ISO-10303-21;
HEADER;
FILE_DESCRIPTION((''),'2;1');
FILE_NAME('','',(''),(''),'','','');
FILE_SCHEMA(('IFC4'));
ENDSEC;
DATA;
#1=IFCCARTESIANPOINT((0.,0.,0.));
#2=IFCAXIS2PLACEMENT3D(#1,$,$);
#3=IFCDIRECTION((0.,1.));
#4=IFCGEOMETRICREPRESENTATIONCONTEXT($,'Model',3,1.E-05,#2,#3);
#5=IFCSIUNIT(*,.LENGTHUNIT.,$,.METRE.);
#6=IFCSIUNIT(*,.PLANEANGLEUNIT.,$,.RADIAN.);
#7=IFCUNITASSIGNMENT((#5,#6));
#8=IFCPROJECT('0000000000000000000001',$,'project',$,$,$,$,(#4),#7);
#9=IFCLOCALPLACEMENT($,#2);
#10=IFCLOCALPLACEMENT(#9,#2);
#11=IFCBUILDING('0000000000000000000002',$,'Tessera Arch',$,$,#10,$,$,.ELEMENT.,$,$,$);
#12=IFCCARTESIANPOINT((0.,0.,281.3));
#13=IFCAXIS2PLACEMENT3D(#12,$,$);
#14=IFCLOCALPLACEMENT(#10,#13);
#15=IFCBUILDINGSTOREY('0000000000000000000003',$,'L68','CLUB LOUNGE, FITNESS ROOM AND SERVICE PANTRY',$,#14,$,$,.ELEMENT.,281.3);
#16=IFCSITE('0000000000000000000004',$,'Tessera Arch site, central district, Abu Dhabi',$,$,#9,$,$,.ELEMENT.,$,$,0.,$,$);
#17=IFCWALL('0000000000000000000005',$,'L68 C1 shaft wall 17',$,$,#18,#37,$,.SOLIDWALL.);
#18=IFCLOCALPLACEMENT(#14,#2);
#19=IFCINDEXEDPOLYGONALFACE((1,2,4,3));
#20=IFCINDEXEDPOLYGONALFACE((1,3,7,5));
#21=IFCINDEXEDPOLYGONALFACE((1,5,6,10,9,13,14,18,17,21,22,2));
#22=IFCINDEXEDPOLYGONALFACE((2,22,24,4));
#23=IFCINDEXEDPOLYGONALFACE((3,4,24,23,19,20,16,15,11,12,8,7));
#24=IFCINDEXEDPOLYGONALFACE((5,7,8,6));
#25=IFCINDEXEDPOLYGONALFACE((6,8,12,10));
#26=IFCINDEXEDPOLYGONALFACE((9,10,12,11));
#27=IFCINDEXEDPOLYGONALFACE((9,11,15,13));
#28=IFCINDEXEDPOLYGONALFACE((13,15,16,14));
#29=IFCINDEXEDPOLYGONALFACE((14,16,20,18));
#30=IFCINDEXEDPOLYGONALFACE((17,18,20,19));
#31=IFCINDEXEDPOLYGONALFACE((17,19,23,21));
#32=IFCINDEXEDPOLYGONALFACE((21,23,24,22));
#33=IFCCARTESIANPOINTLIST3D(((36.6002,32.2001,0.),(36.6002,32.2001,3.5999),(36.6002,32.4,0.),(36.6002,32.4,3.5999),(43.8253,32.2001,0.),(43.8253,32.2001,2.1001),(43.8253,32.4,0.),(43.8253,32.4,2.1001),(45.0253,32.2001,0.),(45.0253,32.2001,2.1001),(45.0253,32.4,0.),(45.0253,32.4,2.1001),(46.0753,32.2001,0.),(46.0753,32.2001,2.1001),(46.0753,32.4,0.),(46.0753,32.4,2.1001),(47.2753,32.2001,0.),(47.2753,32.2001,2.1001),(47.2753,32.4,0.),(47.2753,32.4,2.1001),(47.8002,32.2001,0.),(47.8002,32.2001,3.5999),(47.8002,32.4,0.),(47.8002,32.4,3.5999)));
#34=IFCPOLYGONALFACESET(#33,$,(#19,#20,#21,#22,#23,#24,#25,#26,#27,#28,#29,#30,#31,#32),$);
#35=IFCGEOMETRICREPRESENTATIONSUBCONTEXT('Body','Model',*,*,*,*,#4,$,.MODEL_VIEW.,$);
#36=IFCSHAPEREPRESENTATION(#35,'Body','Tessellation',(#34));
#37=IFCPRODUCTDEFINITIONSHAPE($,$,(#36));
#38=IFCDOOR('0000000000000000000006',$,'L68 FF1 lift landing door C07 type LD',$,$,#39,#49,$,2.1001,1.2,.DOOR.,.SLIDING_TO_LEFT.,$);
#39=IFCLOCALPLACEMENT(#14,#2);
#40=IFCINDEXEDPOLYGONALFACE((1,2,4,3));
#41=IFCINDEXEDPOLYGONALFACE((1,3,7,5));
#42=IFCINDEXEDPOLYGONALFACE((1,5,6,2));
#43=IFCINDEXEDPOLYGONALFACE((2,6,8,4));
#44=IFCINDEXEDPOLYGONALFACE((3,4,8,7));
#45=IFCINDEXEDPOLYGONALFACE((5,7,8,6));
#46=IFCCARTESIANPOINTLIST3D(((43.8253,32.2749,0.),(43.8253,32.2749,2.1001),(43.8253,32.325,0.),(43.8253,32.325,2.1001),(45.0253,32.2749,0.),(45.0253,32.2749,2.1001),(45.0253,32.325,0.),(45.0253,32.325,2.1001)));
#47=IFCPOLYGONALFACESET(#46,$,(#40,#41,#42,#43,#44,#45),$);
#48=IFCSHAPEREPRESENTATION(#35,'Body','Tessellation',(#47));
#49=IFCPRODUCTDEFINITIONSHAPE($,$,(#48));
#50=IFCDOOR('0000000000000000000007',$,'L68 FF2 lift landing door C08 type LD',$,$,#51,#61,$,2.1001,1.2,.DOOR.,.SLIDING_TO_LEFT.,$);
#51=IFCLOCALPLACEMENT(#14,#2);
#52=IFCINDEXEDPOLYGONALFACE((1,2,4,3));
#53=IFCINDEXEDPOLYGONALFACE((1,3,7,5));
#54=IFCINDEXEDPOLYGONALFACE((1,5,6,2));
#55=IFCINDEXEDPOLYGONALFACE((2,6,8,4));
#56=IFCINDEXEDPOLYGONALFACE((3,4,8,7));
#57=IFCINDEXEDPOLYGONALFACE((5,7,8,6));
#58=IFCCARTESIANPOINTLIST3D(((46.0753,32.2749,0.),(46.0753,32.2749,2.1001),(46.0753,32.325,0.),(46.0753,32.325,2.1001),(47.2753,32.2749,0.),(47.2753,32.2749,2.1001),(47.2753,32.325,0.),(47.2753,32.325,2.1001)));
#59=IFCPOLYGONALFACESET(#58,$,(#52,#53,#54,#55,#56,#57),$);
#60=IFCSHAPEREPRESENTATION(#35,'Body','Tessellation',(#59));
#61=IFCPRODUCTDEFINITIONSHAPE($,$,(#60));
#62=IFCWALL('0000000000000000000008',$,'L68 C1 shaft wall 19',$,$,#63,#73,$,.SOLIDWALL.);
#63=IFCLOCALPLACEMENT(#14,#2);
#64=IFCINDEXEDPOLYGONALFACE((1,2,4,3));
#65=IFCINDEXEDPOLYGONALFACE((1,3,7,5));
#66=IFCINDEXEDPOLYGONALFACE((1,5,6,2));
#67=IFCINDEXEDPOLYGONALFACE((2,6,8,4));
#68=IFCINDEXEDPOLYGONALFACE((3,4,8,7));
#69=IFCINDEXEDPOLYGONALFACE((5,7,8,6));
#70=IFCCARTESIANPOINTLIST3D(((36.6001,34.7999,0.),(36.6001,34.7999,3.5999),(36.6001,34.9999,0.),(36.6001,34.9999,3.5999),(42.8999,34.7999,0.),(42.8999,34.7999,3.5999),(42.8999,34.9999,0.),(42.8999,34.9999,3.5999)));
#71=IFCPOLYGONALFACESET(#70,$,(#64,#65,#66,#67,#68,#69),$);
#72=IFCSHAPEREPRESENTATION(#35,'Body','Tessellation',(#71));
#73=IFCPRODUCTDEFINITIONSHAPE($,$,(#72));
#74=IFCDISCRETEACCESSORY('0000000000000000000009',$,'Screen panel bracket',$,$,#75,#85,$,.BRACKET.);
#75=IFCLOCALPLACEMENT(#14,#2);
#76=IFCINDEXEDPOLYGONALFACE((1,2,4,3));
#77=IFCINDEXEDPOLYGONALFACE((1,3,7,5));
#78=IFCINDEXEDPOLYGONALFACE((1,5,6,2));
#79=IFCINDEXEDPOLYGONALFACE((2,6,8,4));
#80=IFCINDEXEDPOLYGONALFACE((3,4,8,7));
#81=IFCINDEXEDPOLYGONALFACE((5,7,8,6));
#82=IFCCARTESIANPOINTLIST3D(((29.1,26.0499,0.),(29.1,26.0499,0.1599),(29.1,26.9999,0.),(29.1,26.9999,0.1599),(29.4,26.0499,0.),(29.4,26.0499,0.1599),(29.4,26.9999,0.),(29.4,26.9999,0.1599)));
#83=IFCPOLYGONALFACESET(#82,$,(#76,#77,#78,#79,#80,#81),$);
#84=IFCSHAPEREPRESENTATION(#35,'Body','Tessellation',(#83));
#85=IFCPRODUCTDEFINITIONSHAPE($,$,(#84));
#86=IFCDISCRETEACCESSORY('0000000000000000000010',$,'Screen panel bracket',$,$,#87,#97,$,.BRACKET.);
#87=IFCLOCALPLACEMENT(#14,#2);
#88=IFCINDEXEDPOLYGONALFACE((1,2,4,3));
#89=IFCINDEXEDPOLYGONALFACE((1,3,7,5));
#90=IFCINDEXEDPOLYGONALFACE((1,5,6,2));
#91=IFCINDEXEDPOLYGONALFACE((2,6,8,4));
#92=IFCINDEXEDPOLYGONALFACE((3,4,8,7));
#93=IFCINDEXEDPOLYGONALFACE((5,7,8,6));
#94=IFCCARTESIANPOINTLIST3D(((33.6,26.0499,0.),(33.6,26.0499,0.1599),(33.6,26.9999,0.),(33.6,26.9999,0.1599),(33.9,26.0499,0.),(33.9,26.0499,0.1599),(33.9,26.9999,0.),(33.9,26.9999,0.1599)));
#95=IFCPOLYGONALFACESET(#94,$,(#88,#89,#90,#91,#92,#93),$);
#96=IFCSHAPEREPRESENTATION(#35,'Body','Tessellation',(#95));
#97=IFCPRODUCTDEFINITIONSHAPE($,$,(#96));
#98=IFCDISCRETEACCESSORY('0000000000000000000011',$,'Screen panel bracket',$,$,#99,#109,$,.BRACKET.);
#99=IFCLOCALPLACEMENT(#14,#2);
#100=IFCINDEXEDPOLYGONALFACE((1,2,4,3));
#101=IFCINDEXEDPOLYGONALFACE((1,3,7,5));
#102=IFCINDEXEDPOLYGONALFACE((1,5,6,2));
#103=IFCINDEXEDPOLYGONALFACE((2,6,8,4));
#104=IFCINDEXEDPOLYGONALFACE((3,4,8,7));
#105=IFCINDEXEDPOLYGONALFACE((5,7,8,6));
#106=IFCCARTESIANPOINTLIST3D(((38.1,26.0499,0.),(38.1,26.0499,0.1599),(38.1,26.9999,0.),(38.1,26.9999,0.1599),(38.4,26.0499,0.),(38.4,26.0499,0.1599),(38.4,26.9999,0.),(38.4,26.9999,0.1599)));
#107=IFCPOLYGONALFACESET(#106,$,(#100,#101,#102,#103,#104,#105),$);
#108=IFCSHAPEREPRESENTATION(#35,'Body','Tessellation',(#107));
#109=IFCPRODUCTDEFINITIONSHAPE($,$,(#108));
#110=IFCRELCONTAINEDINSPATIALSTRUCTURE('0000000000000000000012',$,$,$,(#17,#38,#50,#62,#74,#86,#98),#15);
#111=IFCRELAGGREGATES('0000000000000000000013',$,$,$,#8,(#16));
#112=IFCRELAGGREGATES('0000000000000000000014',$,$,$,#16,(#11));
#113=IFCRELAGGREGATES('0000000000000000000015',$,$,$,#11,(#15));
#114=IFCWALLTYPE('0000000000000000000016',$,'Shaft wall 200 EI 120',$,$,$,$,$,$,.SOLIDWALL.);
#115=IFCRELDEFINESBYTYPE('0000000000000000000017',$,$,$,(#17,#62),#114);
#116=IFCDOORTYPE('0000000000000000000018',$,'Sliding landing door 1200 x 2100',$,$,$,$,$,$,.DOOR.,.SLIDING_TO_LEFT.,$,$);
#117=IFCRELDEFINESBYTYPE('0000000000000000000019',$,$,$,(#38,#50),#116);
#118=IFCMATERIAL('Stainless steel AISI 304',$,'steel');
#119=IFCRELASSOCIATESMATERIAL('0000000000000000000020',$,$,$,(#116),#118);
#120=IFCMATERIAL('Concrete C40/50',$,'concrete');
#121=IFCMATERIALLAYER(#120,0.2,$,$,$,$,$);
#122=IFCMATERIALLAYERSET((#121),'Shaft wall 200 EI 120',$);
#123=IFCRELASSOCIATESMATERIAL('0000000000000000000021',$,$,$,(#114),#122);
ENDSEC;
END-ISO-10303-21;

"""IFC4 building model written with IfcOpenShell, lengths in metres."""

from ifc_helpers import new_model, si_unit, direction, frame, frame_2d, origin, origin_2d, place, context, subcontext, project, spatial, rectangle, extrude, material, layer, layer_set, type_object, element, fill, save


model = new_model("IFC4")

# Units and contexts
model_context = context("Model", 3, precision=1e-05, world=origin(), true_north=direction((0.0, 1.0)))
body_context = subcontext(model_context, "Body", "Model", "MODEL_VIEW")
ifc_project = project(units=[si_unit("LENGTHUNIT", "METRE"), si_unit("PLANEANGLEUNIT", "RADIAN")], contexts=[model_context])

# Site, building, storey
site_placement = place(None, origin())
site = spatial("IfcSite", under=ifc_project, at=site_placement, Name="Tessera Arch site, central district, Abu Dhabi", CompositionType="ELEMENT", RefElevation=0.0)
building_placement = place(site_placement, origin())
building = spatial("IfcBuilding", under=site, at=building_placement, Name="Tessera Arch", CompositionType="ELEMENT")
storey_placement = place(building_placement, frame((0.0, 0.0, 281.3)))
storey = spatial("IfcBuildingStorey", under=building, at=storey_placement, Name="L68", Description="CLUB LOUNGE, FITNESS ROOM AND SERVICE PANTRY", CompositionType="ELEMENT", Elevation=281.3)

# Shared definitions
ifc_material_1 = material(Name="Stainless steel AISI 304", Category="steel")
door_type_1 = type_object("IfcDoorType", Name="Sliding landing door 1200 x 2100", OperationType="SLIDING_TO_LEFT", PredefinedType="DOOR", material=ifc_material_1)

# Wall, openings, doors
ifc_material_2 = material(Name="Concrete C40/50", Category="concrete")
ifc_layer_1 = layer(ifc_material_2, 0.2)
ifc_layer_set_1 = layer_set([ifc_layer_1], Name="Shaft wall 200 EI 120")
wall_type_1 = type_object("IfcWallType", Name="Shaft wall 200 EI 120", PredefinedType="SOLIDWALL", material=ifc_layer_set_1)
wall_1_placement = place(storey_placement, frame((36.6001, 32.3, 0.0), z_axis=(0.0, 0.0, 1.0), x_axis=(1.0, 0.0, 0.0)))
wall_1 = element("IfcWall", 1, at=wall_1_placement, inside=storey, type_object=wall_type_1, Name="L68 C1 shaft wall 17", PredefinedType="SOLIDWALL", context=body_context, shape_type="SweptSolid", body=[
    extrude(rectangle(XDim=11.2, YDim=0.2, at=frame_2d((5.6001, 0.0))), origin(), (0.0, 0.0, 1.0), 3.5999),
])
opening_1_placement = place(wall_1_placement, frame((7.2251, 0.0, 0.0)))
opening_1 = element("IfcOpeningElement", 2, at=opening_1_placement, cuts=wall_1, PredefinedType="OPENING", context=body_context, shape_type="SweptSolid", body=[
    extrude(rectangle(XDim=1.2, YDim=2.1001, at=frame_2d((0.6001, 1.05))), frame((0.0, 0.1099, 0.0), z_axis=(0.0, -1.0, 0.0), x_axis=(1.0, 0.0, 0.0)), (0.0, 0.0, 1.0), 0.22),
])
opening_2_placement = place(wall_1_placement, frame((9.4751, 0.0, 0.0)))
opening_2 = element("IfcOpeningElement", 3, at=opening_2_placement, cuts=wall_1, PredefinedType="OPENING", context=body_context, shape_type="SweptSolid", body=[
    extrude(rectangle(XDim=1.2, YDim=2.1001, at=frame_2d((0.6001, 1.05))), frame((0.0, 0.1099, 0.0), z_axis=(0.0, -1.0, 0.0), x_axis=(1.0, 0.0, 0.0)), (0.0, 0.0, 1.0), 0.22),
])
door_1_placement = place(opening_1_placement, origin())
door_1 = element("IfcDoor", 4, at=door_1_placement, inside=storey, type_object=door_type_1, Name="L68 FF1 lift landing door C07 type LD", OperationType="SLIDING_TO_LEFT", OverallHeight=2.1001, OverallWidth=1.2, PredefinedType="DOOR", context=body_context, shape_type="SweptSolid", body=[
    extrude(rectangle(XDim=1.2, YDim=2.1001, at=frame_2d((0.6001, 1.05))), frame((0.0, 0.0249, 0.0), z_axis=(0.0, -1.0, 0.0), x_axis=(1.0, 0.0, 0.0)), (0.0, 0.0, 1.0), 0.05),
])
fill(opening_1, door_1)
door_2_placement = place(opening_2_placement, origin())
door_2 = element("IfcDoor", 5, at=door_2_placement, inside=storey, type_object=door_type_1, Name="L68 FF2 lift landing door C08 type LD", OperationType="SLIDING_TO_LEFT", OverallHeight=2.1001, OverallWidth=1.2, PredefinedType="DOOR", context=body_context, shape_type="SweptSolid", body=[
    extrude(rectangle(XDim=1.2, YDim=2.1001, at=frame_2d((0.6001, 1.05))), frame((0.0, 0.0249, 0.0), z_axis=(0.0, -1.0, 0.0), x_axis=(1.0, 0.0, 0.0)), (0.0, 0.0, 1.0), 0.05),
])
fill(opening_2, door_2)

# Wall
wall_2_placement = place(storey_placement, frame((36.6001, 34.8999, 0.0), z_axis=(0.0, 0.0, 1.0), x_axis=(1.0, 0.0, 0.0)))
element("IfcWall", 6, at=wall_2_placement, inside=storey, type_object=wall_type_1, Name="L68 C1 shaft wall 19", PredefinedType="SOLIDWALL", context=body_context, shape_type="SweptSolid", body=[
    extrude(rectangle(XDim=6.2998, YDim=0.2, at=frame_2d((3.1499, 0.0))), origin(), (0.0, 0.0, 1.0), 3.5999),
])

# Discrete accessories
for number, where, z_axis, x_axis, name in (
    (7, (29.25, 26.5249, 0.0), (0.0, 0.0, 1.0), (0.0, -1.0, 0.0), "Screen panel bracket"),
    (8, (33.75, 26.5249, 0.0), (0.0, 0.0, 1.0), (0.0, -1.0, 0.0), "Screen panel bracket"),
    (9, (38.25, 26.5249, 0.0), (0.0, 0.0, 1.0), (0.0, -1.0, 0.0), "Screen panel bracket"),
):
    element("IfcDiscreteAccessory", number, at=place(storey_placement, frame(where, z_axis=z_axis, x_axis=x_axis)), inside=storey, Name=name, PredefinedType="BRACKET", context=body_context, shape_type="SweptSolid", body=[
        extrude(rectangle(XDim=0.95, YDim=0.3, at=origin_2d()), origin(), (0.0, 0.0, 1.0), 0.1599),
    ])

save(model, "model.ifc")
